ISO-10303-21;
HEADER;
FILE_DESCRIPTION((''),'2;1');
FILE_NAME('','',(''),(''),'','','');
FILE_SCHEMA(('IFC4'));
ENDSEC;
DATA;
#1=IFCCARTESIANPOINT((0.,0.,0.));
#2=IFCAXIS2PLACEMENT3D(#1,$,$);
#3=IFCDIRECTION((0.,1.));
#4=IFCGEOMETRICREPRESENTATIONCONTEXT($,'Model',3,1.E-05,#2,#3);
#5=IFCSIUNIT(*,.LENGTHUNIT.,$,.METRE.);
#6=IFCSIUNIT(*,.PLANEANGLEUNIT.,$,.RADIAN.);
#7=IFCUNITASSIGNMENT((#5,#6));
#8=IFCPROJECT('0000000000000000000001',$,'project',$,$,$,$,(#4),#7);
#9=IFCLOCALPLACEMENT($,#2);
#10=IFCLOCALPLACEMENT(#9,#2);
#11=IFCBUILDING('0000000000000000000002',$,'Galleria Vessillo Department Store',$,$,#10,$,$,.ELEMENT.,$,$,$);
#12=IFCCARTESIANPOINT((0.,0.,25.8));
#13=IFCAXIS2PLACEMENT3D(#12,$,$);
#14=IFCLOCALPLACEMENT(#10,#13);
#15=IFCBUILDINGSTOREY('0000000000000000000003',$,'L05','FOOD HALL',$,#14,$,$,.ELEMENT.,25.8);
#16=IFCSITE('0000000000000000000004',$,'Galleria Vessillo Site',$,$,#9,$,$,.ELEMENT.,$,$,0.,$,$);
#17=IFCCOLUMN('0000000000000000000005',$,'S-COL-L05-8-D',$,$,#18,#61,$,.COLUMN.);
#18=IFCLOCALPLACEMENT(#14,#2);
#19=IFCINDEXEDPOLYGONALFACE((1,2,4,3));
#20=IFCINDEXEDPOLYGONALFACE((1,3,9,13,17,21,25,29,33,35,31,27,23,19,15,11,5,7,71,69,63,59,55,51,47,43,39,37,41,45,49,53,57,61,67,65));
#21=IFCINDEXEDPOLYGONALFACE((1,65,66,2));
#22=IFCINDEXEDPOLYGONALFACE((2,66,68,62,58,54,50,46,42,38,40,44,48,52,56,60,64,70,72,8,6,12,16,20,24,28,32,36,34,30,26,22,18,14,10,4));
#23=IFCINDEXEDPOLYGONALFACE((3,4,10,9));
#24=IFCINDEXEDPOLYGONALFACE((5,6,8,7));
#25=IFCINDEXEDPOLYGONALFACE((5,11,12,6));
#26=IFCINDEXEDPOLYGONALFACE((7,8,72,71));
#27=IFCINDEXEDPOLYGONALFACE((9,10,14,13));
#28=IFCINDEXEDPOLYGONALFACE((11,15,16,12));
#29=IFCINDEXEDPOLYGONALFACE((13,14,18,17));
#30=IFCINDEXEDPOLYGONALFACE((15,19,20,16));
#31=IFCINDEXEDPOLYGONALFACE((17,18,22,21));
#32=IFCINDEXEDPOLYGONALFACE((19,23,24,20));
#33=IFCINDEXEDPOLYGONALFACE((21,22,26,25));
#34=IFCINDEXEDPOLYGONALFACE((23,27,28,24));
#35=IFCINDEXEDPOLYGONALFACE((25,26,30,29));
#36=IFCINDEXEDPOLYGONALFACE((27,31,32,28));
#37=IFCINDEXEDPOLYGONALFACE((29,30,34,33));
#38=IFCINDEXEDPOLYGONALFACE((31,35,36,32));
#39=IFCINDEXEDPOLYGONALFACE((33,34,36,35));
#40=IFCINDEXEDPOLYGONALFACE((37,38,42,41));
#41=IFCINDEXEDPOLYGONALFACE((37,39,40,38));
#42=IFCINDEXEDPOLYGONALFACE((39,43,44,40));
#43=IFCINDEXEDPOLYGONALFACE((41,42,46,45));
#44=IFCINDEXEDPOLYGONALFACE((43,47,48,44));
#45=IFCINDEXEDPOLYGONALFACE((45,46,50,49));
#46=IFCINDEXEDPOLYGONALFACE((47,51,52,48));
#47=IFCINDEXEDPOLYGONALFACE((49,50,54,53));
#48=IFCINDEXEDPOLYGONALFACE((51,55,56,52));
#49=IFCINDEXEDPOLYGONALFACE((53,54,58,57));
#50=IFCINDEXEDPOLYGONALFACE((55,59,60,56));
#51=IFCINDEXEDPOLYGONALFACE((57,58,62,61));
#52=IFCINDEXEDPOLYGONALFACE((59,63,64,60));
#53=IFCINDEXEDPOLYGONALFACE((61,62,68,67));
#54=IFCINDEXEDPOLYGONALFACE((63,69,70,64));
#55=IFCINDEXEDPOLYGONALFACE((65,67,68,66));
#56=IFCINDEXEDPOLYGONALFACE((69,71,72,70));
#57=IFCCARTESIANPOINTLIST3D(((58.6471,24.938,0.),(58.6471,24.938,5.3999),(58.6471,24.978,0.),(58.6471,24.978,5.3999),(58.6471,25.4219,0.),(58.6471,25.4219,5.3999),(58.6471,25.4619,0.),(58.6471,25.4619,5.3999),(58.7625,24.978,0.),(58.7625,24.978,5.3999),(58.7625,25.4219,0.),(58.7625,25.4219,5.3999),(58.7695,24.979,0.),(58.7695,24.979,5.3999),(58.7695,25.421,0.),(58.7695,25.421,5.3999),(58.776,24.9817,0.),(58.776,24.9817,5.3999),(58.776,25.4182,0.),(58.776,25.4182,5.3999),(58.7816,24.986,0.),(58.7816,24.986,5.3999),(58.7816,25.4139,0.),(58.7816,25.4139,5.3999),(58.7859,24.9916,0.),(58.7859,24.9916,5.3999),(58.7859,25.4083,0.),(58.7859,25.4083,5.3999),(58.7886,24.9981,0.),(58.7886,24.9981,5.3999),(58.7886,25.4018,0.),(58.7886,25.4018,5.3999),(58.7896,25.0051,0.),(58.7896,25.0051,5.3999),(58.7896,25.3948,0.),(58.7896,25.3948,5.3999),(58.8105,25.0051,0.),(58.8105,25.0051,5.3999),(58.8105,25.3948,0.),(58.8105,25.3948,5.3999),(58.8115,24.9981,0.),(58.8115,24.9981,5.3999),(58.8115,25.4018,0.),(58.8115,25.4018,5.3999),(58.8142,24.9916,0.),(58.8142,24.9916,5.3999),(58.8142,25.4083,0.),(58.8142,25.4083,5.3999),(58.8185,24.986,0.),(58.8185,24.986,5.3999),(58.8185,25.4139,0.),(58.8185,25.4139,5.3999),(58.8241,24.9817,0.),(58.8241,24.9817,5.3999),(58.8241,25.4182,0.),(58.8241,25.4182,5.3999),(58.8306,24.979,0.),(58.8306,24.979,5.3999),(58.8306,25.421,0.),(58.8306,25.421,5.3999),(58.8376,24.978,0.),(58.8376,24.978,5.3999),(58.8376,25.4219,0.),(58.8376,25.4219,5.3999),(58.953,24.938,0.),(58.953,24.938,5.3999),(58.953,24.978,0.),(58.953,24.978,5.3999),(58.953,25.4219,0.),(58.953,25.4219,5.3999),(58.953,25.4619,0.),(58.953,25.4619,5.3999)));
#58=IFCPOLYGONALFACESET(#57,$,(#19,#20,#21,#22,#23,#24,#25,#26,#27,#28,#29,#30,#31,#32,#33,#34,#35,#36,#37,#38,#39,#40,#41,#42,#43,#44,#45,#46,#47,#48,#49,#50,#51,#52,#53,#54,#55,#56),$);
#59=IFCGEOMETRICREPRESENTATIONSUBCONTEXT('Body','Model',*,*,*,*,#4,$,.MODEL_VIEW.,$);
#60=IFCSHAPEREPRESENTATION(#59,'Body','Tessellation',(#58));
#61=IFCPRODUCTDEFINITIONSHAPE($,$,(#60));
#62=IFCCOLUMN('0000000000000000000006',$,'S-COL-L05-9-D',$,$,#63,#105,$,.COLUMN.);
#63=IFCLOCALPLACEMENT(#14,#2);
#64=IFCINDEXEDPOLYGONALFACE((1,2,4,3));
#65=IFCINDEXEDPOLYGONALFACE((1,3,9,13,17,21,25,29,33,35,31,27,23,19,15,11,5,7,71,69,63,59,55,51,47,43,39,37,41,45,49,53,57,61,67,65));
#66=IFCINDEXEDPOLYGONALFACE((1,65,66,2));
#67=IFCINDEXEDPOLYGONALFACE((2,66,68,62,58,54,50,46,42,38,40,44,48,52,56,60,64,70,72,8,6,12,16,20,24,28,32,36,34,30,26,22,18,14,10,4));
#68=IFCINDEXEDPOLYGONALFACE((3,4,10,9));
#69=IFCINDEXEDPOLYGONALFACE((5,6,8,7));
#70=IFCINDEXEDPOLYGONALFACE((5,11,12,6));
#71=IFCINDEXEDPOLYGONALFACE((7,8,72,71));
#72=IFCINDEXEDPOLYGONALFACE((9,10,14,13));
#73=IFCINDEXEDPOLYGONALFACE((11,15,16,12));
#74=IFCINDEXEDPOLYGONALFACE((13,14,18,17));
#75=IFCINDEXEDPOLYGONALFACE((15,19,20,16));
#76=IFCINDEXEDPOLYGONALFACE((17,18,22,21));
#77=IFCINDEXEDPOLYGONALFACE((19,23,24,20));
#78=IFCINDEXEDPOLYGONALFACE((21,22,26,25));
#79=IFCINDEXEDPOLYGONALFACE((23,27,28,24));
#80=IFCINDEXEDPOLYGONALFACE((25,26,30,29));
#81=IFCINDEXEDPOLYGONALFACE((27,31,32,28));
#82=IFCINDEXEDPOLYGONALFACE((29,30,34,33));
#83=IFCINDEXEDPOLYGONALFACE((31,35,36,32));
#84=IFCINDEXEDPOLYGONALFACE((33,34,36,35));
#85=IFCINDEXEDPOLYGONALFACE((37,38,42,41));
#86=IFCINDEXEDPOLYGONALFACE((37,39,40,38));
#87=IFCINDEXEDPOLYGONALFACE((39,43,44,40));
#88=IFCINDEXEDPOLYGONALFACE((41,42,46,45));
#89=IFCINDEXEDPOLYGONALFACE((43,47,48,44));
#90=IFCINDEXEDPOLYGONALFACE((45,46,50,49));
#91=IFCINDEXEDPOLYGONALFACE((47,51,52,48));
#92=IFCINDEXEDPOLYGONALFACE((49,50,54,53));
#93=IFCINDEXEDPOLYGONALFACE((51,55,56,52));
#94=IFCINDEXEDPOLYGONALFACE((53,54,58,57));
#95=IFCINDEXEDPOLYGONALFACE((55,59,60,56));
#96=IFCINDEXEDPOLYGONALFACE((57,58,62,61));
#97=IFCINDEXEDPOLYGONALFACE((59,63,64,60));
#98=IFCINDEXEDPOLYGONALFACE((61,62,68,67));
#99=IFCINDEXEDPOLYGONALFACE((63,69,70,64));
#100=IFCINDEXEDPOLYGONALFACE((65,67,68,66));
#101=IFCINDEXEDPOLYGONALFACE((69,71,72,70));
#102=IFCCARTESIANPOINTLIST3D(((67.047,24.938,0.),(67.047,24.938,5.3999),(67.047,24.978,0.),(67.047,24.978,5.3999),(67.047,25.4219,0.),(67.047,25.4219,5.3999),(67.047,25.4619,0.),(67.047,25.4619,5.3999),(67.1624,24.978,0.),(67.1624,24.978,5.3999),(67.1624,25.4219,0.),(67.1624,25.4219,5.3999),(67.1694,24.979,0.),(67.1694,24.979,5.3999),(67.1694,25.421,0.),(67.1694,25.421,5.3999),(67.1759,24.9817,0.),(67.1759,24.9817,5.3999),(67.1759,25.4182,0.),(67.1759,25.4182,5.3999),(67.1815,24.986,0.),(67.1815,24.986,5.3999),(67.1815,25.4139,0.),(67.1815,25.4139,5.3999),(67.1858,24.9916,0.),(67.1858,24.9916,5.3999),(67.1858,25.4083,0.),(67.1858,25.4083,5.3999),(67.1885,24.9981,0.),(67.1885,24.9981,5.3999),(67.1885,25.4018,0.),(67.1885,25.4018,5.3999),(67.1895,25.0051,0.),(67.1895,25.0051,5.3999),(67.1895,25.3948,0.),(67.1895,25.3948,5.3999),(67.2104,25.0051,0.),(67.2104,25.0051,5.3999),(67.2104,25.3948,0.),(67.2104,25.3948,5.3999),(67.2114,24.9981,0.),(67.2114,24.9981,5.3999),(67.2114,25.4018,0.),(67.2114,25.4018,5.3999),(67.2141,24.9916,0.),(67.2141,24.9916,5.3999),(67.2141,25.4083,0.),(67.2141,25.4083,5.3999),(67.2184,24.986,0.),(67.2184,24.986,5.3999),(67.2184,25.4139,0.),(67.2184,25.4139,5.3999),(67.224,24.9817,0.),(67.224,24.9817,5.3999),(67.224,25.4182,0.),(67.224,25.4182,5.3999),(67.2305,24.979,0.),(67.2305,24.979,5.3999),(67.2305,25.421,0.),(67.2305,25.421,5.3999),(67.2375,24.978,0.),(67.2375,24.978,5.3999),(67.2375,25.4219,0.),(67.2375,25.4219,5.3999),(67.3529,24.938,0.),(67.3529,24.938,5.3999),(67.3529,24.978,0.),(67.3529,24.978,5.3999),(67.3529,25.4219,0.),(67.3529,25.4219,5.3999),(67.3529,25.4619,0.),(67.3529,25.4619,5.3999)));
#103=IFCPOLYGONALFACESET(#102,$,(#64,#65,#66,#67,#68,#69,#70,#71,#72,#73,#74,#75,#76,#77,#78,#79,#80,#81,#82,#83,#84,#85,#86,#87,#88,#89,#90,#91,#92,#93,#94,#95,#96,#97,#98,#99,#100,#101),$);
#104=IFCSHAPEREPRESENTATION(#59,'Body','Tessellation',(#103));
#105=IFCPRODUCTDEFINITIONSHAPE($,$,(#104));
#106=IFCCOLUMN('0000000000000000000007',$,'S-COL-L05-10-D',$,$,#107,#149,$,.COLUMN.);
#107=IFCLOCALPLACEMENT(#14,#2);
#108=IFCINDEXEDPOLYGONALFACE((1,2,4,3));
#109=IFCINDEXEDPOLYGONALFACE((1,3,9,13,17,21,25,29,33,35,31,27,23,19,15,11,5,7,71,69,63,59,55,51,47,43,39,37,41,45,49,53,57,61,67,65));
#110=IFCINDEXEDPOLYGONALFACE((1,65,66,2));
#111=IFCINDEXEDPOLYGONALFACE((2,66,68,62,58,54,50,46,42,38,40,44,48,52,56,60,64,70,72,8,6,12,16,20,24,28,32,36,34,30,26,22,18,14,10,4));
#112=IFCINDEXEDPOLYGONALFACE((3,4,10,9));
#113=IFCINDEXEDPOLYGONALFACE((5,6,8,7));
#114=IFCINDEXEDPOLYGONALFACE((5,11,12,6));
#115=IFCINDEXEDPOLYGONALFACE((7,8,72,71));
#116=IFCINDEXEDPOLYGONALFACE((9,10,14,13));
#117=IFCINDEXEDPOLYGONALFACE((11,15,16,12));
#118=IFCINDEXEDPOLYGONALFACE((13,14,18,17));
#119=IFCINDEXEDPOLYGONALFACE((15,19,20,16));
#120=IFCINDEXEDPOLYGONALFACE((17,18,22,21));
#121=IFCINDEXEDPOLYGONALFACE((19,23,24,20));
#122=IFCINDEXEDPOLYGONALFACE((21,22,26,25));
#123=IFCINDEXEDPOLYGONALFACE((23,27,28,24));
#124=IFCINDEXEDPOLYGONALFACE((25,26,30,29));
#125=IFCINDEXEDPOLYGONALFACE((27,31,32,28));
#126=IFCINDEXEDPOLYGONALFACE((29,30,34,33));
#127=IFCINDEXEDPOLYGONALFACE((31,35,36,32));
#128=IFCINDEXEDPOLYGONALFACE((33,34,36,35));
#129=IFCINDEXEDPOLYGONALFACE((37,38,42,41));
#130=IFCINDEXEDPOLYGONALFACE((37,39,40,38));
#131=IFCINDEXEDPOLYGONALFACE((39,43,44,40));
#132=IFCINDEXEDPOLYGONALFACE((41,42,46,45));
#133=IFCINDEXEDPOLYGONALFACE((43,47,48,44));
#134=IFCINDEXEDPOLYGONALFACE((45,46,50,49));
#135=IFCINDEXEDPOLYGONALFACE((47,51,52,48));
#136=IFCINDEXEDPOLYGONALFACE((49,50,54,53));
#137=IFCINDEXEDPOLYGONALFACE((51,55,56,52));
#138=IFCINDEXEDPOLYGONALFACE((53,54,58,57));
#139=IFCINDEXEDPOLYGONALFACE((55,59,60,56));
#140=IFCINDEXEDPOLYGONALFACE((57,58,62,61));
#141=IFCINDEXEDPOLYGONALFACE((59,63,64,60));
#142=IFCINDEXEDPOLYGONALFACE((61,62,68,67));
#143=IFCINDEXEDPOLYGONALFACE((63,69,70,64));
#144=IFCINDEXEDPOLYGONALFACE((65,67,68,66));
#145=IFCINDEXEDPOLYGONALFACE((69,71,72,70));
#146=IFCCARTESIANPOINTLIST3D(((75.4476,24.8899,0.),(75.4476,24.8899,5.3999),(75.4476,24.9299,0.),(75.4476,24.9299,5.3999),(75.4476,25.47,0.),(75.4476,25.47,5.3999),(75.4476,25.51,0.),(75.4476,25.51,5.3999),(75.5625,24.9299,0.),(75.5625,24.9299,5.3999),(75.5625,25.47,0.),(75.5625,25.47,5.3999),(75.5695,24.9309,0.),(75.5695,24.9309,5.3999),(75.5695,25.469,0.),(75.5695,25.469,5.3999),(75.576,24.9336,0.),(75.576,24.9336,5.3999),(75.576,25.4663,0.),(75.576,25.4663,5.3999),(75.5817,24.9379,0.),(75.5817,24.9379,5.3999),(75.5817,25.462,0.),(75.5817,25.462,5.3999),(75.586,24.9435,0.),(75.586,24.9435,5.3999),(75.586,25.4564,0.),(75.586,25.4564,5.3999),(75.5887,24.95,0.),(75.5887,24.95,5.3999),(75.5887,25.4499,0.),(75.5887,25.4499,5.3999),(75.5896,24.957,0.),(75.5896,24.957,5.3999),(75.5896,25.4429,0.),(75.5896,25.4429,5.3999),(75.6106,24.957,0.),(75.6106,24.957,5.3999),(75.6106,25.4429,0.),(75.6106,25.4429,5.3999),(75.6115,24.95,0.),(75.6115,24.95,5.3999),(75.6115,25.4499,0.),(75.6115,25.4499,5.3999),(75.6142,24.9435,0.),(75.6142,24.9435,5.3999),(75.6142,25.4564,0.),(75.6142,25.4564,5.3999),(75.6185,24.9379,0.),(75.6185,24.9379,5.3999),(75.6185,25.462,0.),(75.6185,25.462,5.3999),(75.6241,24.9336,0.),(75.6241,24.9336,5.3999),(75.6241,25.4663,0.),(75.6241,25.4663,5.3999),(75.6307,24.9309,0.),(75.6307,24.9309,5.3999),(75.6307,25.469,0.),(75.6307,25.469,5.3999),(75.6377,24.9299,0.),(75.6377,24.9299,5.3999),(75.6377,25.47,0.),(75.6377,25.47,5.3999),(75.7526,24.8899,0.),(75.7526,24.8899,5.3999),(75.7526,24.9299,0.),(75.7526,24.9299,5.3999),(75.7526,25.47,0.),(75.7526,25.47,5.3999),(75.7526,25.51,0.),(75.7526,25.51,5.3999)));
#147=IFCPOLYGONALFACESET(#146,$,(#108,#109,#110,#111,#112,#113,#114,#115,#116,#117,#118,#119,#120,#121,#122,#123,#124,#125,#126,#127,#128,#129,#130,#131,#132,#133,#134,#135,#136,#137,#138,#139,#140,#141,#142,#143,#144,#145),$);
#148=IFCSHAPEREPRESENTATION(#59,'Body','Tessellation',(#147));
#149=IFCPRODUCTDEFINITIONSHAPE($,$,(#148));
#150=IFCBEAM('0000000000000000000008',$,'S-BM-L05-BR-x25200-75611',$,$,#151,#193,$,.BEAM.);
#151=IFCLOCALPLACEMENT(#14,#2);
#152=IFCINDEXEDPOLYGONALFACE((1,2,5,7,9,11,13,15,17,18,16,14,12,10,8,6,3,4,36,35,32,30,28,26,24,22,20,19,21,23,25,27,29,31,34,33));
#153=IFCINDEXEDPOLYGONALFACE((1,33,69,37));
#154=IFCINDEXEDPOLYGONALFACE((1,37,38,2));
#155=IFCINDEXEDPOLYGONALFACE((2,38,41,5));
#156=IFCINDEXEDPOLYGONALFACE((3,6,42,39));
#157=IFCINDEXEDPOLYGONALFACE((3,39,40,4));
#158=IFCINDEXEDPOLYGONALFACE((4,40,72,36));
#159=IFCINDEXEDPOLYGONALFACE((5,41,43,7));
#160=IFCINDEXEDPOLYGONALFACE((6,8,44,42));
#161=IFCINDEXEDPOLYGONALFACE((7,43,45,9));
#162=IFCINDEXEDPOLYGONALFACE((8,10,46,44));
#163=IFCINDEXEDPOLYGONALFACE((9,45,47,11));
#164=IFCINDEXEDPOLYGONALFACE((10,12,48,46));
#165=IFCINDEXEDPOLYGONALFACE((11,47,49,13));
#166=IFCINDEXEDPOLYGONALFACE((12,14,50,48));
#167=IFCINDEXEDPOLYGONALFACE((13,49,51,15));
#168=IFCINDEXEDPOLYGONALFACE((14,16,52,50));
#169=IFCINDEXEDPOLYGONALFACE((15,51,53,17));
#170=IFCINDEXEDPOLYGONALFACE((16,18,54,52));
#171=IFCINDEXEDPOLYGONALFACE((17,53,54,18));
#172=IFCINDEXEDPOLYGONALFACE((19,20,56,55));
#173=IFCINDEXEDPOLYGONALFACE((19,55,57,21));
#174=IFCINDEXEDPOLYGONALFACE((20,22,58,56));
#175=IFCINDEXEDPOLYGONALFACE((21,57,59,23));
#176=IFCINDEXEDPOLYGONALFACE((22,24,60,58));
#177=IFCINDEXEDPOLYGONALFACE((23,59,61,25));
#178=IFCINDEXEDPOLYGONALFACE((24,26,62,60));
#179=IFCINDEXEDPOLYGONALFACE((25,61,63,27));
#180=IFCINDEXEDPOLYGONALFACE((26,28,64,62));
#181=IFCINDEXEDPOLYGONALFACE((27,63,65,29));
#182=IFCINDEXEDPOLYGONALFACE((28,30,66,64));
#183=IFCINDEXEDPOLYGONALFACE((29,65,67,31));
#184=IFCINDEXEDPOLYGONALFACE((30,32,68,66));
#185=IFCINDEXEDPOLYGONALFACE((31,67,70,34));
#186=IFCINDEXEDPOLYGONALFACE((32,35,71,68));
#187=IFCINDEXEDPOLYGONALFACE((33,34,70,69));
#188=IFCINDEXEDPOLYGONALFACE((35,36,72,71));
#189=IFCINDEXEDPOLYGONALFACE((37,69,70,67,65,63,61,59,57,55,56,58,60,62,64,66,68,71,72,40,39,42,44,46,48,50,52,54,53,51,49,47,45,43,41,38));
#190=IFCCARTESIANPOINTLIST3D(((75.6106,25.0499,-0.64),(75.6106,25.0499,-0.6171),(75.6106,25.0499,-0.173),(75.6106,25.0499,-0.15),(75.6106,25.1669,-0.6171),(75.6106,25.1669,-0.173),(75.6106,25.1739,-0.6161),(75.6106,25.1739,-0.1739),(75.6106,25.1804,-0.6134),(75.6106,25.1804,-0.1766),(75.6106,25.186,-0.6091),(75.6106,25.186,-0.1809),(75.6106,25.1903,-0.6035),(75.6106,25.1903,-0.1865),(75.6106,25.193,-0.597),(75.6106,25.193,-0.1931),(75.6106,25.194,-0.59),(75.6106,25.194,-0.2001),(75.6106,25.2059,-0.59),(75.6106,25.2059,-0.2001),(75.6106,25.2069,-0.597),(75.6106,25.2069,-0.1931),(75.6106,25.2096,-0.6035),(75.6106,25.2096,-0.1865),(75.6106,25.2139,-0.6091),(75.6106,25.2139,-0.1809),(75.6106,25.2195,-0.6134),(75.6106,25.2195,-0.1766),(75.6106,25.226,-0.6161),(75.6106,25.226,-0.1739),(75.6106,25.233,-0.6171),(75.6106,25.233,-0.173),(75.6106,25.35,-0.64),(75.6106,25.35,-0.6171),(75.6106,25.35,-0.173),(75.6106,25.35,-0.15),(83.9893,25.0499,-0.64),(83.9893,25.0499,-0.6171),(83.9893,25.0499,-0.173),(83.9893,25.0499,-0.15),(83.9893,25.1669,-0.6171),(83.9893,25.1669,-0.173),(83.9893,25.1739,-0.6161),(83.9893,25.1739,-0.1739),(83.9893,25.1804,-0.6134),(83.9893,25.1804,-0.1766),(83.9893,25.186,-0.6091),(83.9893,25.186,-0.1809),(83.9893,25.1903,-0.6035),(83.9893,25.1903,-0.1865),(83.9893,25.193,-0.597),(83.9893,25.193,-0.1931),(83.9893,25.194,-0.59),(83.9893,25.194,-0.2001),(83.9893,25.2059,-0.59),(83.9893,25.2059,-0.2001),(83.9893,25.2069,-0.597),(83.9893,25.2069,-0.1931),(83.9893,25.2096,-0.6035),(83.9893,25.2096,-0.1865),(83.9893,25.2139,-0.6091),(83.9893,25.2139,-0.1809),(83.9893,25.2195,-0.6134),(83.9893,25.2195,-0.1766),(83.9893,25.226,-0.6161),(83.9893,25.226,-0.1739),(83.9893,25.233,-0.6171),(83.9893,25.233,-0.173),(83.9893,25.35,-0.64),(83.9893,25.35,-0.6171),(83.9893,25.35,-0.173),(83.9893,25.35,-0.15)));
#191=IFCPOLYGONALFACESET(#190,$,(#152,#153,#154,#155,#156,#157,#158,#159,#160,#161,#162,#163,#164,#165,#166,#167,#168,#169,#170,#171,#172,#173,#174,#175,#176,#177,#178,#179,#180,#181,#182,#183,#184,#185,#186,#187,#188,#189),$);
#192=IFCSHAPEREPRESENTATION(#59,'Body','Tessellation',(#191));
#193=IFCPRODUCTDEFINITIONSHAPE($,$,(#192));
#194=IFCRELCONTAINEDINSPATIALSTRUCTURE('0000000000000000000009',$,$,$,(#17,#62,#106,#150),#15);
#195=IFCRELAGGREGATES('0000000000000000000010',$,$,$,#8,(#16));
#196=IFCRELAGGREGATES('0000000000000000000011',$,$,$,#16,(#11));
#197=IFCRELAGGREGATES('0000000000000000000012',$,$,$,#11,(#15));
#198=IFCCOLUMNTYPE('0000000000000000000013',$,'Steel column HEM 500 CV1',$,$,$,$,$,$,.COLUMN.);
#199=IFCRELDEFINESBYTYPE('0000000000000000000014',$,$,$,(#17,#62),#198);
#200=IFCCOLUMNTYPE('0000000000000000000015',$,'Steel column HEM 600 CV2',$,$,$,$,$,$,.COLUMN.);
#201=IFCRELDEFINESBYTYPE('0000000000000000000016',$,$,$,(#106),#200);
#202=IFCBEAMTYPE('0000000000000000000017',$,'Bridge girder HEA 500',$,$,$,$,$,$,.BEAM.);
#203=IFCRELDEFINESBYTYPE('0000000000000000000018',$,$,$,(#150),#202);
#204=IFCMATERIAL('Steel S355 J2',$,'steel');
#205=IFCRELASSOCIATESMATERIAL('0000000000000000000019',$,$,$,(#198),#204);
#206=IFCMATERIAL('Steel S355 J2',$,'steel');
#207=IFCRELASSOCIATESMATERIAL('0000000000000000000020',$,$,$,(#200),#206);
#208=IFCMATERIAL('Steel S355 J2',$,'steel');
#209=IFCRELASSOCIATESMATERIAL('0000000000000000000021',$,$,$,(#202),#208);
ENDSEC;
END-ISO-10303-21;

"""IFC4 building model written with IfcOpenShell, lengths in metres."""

from ifc_helpers import new_model, si_unit, direction, frame, origin, origin_2d, place, context, subcontext, project, spatial, i_section, extrude, material, material_profile, profile_set, type_object, element, save


model = new_model("IFC4")

# Units and contexts
model_context = context("Model", 3, precision=1e-05, world=origin(), true_north=direction((0.0, 1.0)))
body_context = subcontext(model_context, "Body", "Model", "MODEL_VIEW")
ifc_project = project(units=[si_unit("LENGTHUNIT", "METRE"), si_unit("PLANEANGLEUNIT", "RADIAN")], contexts=[model_context])

# Site, building, storey
site_placement = place(None, origin())
site = spatial("IfcSite", under=ifc_project, at=site_placement, Name="Galleria Vessillo Site", CompositionType="ELEMENT", RefElevation=0.0)
building_placement = place(site_placement, origin())
building = spatial("IfcBuilding", under=site, at=building_placement, Name="Galleria Vessillo Department Store", CompositionType="ELEMENT")
storey_placement = place(building_placement, frame((0.0, 0.0, 25.8)))
storey = spatial("IfcBuildingStorey", under=building, at=storey_placement, Name="L05", Description="FOOD HALL", CompositionType="ELEMENT", Elevation=25.8)

# Columns
ifc_material_1 = material(Name="Steel S355 J2", Category="steel")
ifc_material_profile_1 = material_profile(ifc_material_1, i_section(OverallWidth=0.3059, OverallDepth=0.5239, WebThickness=0.021, FlangeThickness=0.04, FilletRadius=0.0271, at=origin_2d()), Name="HEM 500")
ifc_profile_set_1 = profile_set([ifc_material_profile_1], Name="Steel S355 J2")
column_type_1 = type_object("IfcColumnType", Name="Steel column HEM 500 CV1", PredefinedType="COLUMN", material=ifc_profile_set_1)
for number, where, z_axis, x_axis, name in (
    (1, (58.8, 25.2, 0.0), (0.0, 0.0, 1.0), (1.0, 0.0, 0.0), "S-COL-L05-8-D"),
    (2, (67.2, 25.2, 0.0), (0.0, 0.0, 1.0), (1.0, 0.0, 0.0), "S-COL-L05-9-D"),
):
    element("IfcColumn", number, at=place(storey_placement, frame(where, z_axis=z_axis, x_axis=x_axis)), inside=storey, type_object=column_type_1, Name=name, PredefinedType="COLUMN", context=body_context, shape_type="SweptSolid", body=[
        extrude(i_section(OverallWidth=0.3059, OverallDepth=0.5239, WebThickness=0.021, FlangeThickness=0.04, FilletRadius=0.0271, at=origin_2d()), origin(), (0.0, 0.0, 1.0), 5.3999),
    ])
ifc_material_2 = material(Name="Steel S355 J2", Category="steel")
ifc_material_profile_2 = material_profile(ifc_material_2, i_section(OverallWidth=0.3049, OverallDepth=0.6201, WebThickness=0.021, FlangeThickness=0.04, FilletRadius=0.0271, at=origin_2d()), Name="HEM 600")
ifc_profile_set_2 = profile_set([ifc_material_profile_2], Name="Steel S355 J2")
column_type_2 = type_object("IfcColumnType", Name="Steel column HEM 600 CV2", PredefinedType="COLUMN", material=ifc_profile_set_2)
column_placement = place(storey_placement, frame((75.6001, 25.2, 0.0), z_axis=(0.0, 0.0, 1.0), x_axis=(1.0, 0.0, 0.0)))
element("IfcColumn", 3, at=column_placement, inside=storey, type_object=column_type_2, Name="S-COL-L05-10-D", PredefinedType="COLUMN", context=body_context, shape_type="SweptSolid", body=[
    extrude(i_section(OverallWidth=0.3049, OverallDepth=0.6201, WebThickness=0.021, FlangeThickness=0.04, FilletRadius=0.0271, at=origin_2d()), origin(), (0.0, 0.0, 1.0), 5.3999),
])

# Beam
ifc_material_3 = material(Name="Steel S355 J2", Category="steel")
ifc_material_profile_3 = material_profile(ifc_material_3, i_section(OverallWidth=0.3, OverallDepth=0.49, WebThickness=0.012, FlangeThickness=0.0229, FilletRadius=0.0271, at=origin_2d()), Name="HEA 500")
ifc_profile_set_3 = profile_set([ifc_material_profile_3], Name="Steel S355 J2")
beam_type_1 = type_object("IfcBeamType", Name="Bridge girder HEA 500", PredefinedType="BEAM", material=ifc_profile_set_3)
beam_1_placement = place(storey_placement, frame((75.6106, 25.2, -0.395), z_axis=(1.0, 0.0, 0.0), x_axis=(0.0, 1.0, 0.0)))
element("IfcBeam", 4, at=beam_1_placement, inside=storey, type_object=beam_type_1, Name="S-BM-L05-BR-x25200-75611", PredefinedType="BEAM", context=body_context, shape_type="SweptSolid", body=[
    extrude(i_section(OverallWidth=0.3, OverallDepth=0.49, WebThickness=0.012, FlangeThickness=0.0229, FilletRadius=0.0271, at=origin_2d()), origin(), (0.0, 0.0, 1.0), 8.3787),
])

save(model, "model.ifc")
